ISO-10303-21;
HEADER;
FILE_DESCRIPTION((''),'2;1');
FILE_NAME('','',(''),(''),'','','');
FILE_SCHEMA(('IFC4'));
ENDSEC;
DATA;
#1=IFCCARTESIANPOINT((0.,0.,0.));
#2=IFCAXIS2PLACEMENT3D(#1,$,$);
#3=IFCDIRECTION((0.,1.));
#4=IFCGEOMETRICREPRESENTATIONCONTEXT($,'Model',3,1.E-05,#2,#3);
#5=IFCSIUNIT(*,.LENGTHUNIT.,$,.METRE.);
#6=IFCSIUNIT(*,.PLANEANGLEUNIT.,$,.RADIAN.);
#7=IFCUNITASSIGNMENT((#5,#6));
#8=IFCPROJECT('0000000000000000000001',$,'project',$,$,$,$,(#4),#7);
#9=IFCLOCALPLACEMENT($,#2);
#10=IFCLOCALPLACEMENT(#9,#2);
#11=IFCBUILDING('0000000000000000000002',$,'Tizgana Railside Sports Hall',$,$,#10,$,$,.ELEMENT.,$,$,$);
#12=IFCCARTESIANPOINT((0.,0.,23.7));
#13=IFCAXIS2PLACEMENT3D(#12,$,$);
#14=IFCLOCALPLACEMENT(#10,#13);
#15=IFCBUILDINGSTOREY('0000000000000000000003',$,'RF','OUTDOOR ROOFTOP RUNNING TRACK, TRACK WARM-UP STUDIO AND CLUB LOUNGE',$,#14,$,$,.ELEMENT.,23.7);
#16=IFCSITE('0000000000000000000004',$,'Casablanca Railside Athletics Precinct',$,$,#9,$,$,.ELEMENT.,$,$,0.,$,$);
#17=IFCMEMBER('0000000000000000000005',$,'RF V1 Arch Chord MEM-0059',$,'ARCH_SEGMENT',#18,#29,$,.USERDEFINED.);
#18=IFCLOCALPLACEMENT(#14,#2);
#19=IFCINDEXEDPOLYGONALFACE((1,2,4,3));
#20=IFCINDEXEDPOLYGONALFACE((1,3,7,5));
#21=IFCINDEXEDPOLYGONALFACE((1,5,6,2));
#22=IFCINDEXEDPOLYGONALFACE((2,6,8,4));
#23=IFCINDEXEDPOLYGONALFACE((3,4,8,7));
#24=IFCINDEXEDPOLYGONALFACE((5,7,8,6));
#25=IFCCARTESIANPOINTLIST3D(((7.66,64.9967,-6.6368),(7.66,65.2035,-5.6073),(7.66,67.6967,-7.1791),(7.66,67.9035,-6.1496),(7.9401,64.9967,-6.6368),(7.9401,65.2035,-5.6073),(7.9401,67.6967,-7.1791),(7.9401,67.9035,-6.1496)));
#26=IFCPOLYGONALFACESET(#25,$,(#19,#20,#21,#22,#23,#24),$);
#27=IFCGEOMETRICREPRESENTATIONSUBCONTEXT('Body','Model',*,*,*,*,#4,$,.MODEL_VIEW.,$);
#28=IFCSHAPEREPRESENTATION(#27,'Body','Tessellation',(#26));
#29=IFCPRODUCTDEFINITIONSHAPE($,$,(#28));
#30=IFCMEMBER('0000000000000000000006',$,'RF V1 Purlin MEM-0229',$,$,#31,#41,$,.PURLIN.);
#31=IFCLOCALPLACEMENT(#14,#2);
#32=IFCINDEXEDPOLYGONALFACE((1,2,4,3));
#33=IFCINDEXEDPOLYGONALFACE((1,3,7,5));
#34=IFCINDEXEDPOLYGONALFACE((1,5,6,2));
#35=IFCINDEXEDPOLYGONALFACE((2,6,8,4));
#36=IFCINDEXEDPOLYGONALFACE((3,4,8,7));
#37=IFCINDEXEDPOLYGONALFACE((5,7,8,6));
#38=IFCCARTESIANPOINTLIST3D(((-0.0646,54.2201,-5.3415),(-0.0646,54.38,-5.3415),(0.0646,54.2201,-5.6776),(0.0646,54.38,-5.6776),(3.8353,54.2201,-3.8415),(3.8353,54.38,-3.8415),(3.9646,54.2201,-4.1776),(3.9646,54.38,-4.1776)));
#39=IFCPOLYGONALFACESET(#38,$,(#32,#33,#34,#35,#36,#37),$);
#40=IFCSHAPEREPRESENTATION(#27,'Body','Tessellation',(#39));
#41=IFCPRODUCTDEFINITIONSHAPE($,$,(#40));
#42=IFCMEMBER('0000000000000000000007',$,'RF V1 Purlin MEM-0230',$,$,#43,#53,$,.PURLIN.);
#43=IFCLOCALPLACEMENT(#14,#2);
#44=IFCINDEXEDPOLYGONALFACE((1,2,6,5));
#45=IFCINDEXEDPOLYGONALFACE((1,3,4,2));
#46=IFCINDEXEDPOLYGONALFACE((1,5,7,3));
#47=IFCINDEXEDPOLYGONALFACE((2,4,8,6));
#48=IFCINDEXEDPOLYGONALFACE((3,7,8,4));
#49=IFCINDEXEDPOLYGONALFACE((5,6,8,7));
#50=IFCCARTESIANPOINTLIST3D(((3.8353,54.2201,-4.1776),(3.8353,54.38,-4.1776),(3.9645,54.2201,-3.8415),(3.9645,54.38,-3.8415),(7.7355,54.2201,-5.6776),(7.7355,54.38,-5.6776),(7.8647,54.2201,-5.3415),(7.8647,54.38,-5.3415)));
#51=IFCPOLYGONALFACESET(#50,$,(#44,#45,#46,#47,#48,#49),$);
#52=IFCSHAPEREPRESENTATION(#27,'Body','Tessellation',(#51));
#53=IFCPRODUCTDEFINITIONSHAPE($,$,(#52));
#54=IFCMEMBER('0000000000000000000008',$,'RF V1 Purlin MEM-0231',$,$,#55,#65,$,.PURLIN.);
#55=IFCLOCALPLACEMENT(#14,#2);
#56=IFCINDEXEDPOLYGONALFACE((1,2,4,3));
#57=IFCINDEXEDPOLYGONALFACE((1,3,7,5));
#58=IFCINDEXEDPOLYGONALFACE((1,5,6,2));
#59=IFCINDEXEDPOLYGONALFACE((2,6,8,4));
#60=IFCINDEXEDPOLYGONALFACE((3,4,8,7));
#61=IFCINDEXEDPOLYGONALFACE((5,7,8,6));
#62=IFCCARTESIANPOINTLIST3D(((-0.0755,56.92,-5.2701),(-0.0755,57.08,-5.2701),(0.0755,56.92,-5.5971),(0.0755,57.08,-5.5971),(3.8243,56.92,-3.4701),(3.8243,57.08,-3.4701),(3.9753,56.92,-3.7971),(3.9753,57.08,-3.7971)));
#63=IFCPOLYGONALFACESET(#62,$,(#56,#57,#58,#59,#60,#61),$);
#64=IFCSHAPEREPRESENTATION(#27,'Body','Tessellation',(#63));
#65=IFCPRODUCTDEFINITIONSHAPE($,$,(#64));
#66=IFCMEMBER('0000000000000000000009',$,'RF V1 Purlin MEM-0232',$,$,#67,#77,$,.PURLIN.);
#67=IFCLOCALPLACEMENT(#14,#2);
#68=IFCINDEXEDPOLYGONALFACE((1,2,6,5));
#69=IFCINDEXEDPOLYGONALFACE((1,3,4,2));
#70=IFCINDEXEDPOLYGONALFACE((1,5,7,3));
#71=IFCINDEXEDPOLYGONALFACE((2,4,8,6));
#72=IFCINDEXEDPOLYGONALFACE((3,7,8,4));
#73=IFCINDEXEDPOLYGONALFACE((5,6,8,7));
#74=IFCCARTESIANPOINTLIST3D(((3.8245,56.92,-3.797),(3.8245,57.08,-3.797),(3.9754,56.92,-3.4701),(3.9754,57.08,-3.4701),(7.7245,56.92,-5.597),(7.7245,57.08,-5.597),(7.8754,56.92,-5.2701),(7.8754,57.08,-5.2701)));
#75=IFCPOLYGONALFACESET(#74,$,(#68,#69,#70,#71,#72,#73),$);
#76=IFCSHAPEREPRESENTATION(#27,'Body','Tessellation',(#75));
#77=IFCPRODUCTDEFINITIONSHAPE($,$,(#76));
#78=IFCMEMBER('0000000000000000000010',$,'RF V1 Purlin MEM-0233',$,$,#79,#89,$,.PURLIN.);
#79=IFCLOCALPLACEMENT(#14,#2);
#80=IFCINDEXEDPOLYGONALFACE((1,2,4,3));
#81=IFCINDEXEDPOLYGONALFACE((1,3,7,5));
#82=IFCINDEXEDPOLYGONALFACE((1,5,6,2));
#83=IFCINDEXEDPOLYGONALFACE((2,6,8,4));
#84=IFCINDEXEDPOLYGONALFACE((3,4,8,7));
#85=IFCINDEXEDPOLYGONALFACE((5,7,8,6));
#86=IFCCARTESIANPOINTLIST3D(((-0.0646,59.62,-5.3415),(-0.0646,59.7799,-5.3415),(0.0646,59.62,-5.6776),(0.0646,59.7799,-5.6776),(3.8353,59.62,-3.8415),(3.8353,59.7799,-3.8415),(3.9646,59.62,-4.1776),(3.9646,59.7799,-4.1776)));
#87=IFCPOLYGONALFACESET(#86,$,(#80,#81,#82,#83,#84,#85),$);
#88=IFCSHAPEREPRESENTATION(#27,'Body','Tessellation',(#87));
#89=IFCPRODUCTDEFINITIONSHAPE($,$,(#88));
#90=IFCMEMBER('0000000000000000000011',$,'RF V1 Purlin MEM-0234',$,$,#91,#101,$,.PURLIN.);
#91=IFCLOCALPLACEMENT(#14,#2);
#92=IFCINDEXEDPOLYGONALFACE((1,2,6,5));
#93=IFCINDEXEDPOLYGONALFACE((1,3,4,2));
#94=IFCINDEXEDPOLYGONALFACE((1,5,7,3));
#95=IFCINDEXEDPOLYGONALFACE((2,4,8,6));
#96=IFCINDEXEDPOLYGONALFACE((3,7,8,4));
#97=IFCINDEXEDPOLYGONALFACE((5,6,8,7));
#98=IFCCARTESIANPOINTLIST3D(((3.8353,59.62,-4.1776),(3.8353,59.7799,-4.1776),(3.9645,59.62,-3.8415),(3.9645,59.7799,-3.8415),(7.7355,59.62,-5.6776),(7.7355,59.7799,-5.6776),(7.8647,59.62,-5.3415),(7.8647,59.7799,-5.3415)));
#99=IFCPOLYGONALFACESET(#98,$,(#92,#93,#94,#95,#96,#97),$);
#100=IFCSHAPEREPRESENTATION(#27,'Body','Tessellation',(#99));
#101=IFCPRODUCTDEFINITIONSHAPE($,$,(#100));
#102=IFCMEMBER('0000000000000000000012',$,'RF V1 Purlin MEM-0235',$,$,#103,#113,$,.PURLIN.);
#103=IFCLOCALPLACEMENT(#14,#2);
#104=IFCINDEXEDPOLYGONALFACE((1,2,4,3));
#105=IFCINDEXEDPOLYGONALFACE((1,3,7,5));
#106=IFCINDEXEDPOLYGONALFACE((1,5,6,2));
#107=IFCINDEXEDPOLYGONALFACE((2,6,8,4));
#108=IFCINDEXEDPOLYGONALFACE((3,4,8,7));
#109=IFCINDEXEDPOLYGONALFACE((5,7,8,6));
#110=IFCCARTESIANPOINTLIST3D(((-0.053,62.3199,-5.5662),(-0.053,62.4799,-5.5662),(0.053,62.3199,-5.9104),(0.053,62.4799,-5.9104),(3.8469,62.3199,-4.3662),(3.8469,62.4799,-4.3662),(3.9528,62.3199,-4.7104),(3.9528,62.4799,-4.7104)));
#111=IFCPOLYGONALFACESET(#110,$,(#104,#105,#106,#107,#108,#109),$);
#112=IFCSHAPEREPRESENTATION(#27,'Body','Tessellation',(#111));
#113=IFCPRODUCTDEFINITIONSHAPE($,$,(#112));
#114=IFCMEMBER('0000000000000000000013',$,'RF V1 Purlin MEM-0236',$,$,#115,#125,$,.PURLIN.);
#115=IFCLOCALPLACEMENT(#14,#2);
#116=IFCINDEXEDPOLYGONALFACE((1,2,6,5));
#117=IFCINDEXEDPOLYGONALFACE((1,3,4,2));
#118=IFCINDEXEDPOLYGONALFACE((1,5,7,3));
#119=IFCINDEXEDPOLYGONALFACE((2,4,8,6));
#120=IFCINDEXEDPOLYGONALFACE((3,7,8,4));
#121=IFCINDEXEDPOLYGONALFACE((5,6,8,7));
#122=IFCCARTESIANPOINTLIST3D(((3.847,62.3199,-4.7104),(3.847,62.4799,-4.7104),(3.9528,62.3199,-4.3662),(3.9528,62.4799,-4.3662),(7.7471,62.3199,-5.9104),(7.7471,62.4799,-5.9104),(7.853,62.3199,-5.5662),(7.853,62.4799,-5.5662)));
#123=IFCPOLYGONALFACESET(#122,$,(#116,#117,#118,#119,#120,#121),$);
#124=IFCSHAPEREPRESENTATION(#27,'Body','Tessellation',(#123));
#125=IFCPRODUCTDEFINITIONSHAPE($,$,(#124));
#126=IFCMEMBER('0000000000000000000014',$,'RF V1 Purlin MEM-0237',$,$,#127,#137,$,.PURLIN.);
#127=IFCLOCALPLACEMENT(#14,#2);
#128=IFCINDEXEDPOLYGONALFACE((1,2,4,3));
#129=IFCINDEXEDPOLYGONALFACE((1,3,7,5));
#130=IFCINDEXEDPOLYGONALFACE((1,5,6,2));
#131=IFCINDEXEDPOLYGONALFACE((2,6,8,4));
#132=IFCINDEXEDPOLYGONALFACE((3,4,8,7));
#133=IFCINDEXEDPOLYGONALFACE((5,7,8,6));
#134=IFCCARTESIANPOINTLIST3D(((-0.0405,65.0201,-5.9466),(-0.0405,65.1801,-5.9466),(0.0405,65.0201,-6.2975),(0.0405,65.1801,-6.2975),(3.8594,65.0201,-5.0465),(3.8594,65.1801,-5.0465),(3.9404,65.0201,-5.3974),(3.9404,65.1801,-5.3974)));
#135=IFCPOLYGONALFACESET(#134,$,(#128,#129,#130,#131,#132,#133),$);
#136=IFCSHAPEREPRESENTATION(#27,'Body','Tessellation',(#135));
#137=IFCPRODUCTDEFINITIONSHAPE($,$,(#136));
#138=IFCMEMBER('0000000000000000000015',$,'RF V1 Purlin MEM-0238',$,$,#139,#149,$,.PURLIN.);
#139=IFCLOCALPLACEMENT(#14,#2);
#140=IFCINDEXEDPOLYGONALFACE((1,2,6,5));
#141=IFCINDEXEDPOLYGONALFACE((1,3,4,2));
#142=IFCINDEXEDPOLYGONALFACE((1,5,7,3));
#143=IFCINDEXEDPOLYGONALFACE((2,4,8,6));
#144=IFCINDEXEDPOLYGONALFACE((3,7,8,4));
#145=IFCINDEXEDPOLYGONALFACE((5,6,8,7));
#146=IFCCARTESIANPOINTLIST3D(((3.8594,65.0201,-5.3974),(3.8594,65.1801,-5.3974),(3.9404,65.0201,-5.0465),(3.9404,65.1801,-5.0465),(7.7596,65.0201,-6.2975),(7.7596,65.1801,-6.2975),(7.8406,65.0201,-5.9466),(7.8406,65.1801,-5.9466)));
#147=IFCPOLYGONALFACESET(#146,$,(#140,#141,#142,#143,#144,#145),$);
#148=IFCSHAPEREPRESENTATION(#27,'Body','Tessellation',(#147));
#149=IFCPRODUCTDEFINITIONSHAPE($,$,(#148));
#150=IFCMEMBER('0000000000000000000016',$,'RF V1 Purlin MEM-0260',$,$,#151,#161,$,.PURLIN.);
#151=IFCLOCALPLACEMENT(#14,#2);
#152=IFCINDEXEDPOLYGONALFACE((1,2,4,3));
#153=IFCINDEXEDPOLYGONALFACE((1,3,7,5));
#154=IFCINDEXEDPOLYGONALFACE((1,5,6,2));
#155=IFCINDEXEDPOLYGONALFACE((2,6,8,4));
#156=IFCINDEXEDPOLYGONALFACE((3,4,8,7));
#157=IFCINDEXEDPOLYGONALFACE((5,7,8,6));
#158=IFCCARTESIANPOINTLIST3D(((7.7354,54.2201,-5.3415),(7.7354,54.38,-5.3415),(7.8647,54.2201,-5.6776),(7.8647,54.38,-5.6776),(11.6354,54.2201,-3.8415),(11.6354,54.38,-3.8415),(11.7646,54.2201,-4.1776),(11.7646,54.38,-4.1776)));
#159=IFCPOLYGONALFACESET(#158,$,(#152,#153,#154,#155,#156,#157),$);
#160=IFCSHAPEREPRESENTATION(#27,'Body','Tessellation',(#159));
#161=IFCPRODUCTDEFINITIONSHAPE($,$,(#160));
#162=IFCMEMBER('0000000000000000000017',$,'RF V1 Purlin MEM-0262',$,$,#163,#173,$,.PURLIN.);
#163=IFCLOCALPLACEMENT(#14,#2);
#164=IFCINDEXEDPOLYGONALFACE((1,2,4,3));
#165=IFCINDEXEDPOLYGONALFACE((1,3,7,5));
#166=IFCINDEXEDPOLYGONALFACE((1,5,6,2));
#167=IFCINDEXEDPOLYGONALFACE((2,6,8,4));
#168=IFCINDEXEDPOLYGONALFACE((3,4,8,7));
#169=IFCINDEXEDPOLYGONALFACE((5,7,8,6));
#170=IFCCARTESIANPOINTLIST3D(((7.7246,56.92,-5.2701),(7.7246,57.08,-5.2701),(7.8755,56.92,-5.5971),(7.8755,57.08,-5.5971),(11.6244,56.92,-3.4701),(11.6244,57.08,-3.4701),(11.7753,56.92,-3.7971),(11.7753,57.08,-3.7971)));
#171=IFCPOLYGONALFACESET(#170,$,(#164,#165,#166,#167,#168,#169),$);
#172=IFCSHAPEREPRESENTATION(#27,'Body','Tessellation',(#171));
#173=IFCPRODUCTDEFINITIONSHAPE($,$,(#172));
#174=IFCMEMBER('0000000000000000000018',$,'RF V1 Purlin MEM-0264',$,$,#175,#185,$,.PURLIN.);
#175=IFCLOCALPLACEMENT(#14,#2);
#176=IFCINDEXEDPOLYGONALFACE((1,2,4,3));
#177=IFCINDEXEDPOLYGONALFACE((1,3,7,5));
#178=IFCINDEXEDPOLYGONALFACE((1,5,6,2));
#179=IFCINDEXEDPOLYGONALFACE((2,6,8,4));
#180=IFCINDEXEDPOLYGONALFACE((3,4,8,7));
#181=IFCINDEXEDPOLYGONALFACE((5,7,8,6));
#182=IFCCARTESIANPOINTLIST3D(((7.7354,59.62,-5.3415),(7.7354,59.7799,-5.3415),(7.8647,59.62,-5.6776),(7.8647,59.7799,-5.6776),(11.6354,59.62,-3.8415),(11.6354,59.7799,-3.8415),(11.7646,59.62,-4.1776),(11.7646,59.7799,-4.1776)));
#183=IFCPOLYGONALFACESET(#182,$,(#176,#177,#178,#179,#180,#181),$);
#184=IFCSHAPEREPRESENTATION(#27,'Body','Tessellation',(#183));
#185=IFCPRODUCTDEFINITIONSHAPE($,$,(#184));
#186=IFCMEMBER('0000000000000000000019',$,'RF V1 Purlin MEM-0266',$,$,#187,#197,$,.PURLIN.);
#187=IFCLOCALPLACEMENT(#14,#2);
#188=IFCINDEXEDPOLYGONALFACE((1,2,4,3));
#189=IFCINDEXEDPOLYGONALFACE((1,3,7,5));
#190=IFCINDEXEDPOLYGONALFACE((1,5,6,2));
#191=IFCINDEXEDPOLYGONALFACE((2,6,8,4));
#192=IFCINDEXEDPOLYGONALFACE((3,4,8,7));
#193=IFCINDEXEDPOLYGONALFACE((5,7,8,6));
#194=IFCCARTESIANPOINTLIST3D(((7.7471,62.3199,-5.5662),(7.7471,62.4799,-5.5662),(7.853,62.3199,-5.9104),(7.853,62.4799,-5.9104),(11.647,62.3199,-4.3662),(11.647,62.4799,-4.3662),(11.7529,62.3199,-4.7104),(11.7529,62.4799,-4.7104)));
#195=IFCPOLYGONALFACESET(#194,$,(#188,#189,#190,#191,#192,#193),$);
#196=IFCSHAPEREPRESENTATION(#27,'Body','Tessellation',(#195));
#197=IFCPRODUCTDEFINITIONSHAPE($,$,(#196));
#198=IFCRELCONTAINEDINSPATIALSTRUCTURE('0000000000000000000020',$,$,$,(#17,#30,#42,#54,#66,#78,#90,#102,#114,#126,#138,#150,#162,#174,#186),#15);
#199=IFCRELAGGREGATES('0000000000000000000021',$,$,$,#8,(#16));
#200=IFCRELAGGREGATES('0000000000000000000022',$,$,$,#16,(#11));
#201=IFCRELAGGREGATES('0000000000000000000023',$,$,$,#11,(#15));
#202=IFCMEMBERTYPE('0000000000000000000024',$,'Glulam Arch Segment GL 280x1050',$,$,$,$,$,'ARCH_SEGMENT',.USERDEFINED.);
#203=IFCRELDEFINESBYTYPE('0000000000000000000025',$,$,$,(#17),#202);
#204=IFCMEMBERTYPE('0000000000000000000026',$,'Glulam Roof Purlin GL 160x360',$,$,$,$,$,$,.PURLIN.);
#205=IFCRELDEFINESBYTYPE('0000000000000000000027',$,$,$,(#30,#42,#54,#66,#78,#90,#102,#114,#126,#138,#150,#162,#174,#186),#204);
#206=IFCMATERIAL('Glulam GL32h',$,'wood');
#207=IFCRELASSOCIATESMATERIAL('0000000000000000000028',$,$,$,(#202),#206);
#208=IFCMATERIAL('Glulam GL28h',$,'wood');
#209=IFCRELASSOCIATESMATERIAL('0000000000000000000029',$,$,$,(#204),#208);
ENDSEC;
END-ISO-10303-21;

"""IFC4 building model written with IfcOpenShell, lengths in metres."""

from ifc_helpers import new_model, si_unit, direction, frame, origin, origin_2d, place, context, subcontext, project, spatial, rectangle, extrude, material, material_profile, profile_set, type_object, element, save


model = new_model("IFC4")

# Units and contexts
model_context = context("Model", 3, precision=1e-05, world=origin(), true_north=direction((0.0, 1.0)))
body_context = subcontext(model_context, "Body", "Model", "MODEL_VIEW")
ifc_project = project(units=[si_unit("LENGTHUNIT", "METRE"), si_unit("PLANEANGLEUNIT", "RADIAN")], contexts=[model_context])

# Site, building, storey
site_placement = place(None, origin())
site = spatial("IfcSite", under=ifc_project, at=site_placement, Name="Casablanca Railside Athletics Precinct", CompositionType="ELEMENT", RefElevation=0.0)
building_placement = place(site_placement, origin())
building = spatial("IfcBuilding", under=site, at=building_placement, Name="Tizgana Railside Sports Hall", CompositionType="ELEMENT")
storey_placement = place(building_placement, frame((0.0, 0.0, 23.7)))
storey = spatial("IfcBuildingStorey", under=building, at=storey_placement, Name="RF", Description="OUTDOOR ROOFTOP RUNNING TRACK, TRACK WARM-UP STUDIO AND CLUB LOUNGE", CompositionType="ELEMENT", Elevation=23.7)

# Members
ifc_material_1 = material(Name="Glulam GL32h", Category="wood")
ifc_material_profile_1 = material_profile(ifc_material_1, rectangle(XDim=0.28, YDim=1.05, at=origin_2d()), Name="GL 280x1050")
ifc_profile_set_1 = profile_set([ifc_material_profile_1], Name="Glulam GL32h")
member_type_1 = type_object("IfcMemberType", Name="Glulam Arch Segment GL 280x1050", ElementType="ARCH_SEGMENT", PredefinedType="USERDEFINED", material=ifc_profile_set_1)
member_1_placement = place(storey_placement, frame((7.8, 65.1001, -6.1221), z_axis=(0.0, 0.980424, -0.1969), x_axis=(-1.0, 0.0, 0.0)))
element("IfcMember", 1, at=member_1_placement, inside=storey, type_object=member_type_1, Name="RF V1 Arch Chord MEM-0059", ObjectType="ARCH_SEGMENT", PredefinedType="USERDEFINED", context=body_context, shape_type="SweptSolid", body=[
    extrude(rectangle(XDim=0.28, YDim=1.05, at=origin_2d()), origin(), (0.0, 0.0, 1.0), 2.7539),
])
ifc_material_2 = material(Name="Glulam GL28h", Category="wood")
ifc_material_profile_2 = material_profile(ifc_material_2, rectangle(XDim=0.1599, YDim=0.3601, at=origin_2d()), Name="GL 160x360")
ifc_profile_set_2 = profile_set([ifc_material_profile_2], Name="Glulam GL28h")
member_type_2 = type_object("IfcMemberType", Name="Glulam Roof Purlin GL 160x360", PredefinedType="PURLIN", material=ifc_profile_set_2)
member_2_placement = place(storey_placement, frame((0.0, 54.3, -5.5095), z_axis=(0.933343, 0.0, 0.358987), x_axis=(0.0, 1.0, 0.0)))
element("IfcMember", 2, at=member_2_placement, inside=storey, type_object=member_type_2, Name="RF V1 Purlin MEM-0229", PredefinedType="PURLIN", context=body_context, shape_type="SweptSolid", body=[
    extrude(rectangle(XDim=0.1599, YDim=0.3601, at=origin_2d()), origin(), (0.0, 0.0, 1.0), 4.1785),
])
member_3_placement = place(storey_placement, frame((3.8999, 54.3, -4.0095), z_axis=(0.93335, 0.0, -0.358967), x_axis=(0.0, 1.0, 0.0)))
element("IfcMember", 3, at=member_3_placement, inside=storey, type_object=member_type_2, Name="RF V1 Purlin MEM-0230", PredefinedType="PURLIN", context=body_context, shape_type="SweptSolid", body=[
    extrude(rectangle(XDim=0.1599, YDim=0.3601, at=origin_2d()), origin(), (0.0, 0.0, 1.0), 4.1787),
])
member_4_placement = place(storey_placement, frame((0.0, 57.0, -5.4336), z_axis=(0.907951, 0.0, 0.419076), x_axis=(0.0, 1.0, 0.0)))
element("IfcMember", 4, at=member_4_placement, inside=storey, type_object=member_type_2, Name="RF V1 Purlin MEM-0231", PredefinedType="PURLIN", context=body_context, shape_type="SweptSolid", body=[
    extrude(rectangle(XDim=0.1599, YDim=0.3601, at=origin_2d()), origin(), (0.0, 0.0, 1.0), 4.2952),
])
member_5_placement = place(storey_placement, frame((3.8999, 57.0, -3.6335), z_axis=(0.907961, 0.0, -0.419055), x_axis=(0.0, 1.0, 0.0)))
element("IfcMember", 5, at=member_5_placement, inside=storey, type_object=member_type_2, Name="RF V1 Purlin MEM-0232", PredefinedType="PURLIN", context=body_context, shape_type="SweptSolid", body=[
    extrude(rectangle(XDim=0.1599, YDim=0.3601, at=origin_2d()), origin(), (0.0, 0.0, 1.0), 4.2954),
])
member_6_placement = place(storey_placement, frame((0.0, 59.7, -5.5095), z_axis=(0.933343, 0.0, 0.358987), x_axis=(0.0, 1.0, 0.0)))
element("IfcMember", 6, at=member_6_placement, inside=storey, type_object=member_type_2, Name="RF V1 Purlin MEM-0233", PredefinedType="PURLIN", context=body_context, shape_type="SweptSolid", body=[
    extrude(rectangle(XDim=0.1599, YDim=0.3601, at=origin_2d()), origin(), (0.0, 0.0, 1.0), 4.1785),
])
member_7_placement = place(storey_placement, frame((3.8999, 59.7, -4.0095), z_axis=(0.93335, 0.0, -0.358967), x_axis=(0.0, 1.0, 0.0)))
element("IfcMember", 7, at=member_7_placement, inside=storey, type_object=member_type_2, Name="RF V1 Purlin MEM-0234", PredefinedType="PURLIN", context=body_context, shape_type="SweptSolid", body=[
    extrude(rectangle(XDim=0.1599, YDim=0.3601, at=origin_2d()), origin(), (0.0, 0.0, 1.0), 4.1787),
])
member_8_placement = place(storey_placement, frame((0.0, 62.3999, -5.7383), z_axis=(0.95578, 0.0, 0.294082), x_axis=(0.0, 1.0, 0.0)))
element("IfcMember", 8, at=member_8_placement, inside=storey, type_object=member_type_2, Name="RF V1 Purlin MEM-0235", PredefinedType="PURLIN", context=body_context, shape_type="SweptSolid", body=[
    extrude(rectangle(XDim=0.1599, YDim=0.3601, at=origin_2d()), origin(), (0.0, 0.0, 1.0), 4.0803),
])
member_9_placement = place(storey_placement, frame((3.8999, 62.3999, -4.5383), z_axis=(0.955785, 0.0, -0.294065), x_axis=(0.0, 1.0, 0.0)))
element("IfcMember", 9, at=member_9_placement, inside=storey, type_object=member_type_2, Name="RF V1 Purlin MEM-0236", PredefinedType="PURLIN", context=body_context, shape_type="SweptSolid", body=[
    extrude(rectangle(XDim=0.1599, YDim=0.3601, at=origin_2d()), origin(), (0.0, 0.0, 1.0), 4.0806),
])
member_10_placement = place(storey_placement, frame((0.0, 65.1001, -6.1221), z_axis=(0.974382, 0.0, 0.2249), x_axis=(0.0, 1.0, 0.0)))
element("IfcMember", 10, at=member_10_placement, inside=storey, type_object=member_type_2, Name="RF V1 Purlin MEM-0237", PredefinedType="PURLIN", context=body_context, shape_type="SweptSolid", body=[
    extrude(rectangle(XDim=0.1599, YDim=0.3601, at=origin_2d()), origin(), (0.0, 0.0, 1.0), 4.0024),
])
member_11_placement = place(storey_placement, frame((3.8999, 65.1001, -5.2219), z_axis=(0.974385, 0.0, -0.224886), x_axis=(0.0, 1.0, 0.0)))
element("IfcMember", 11, at=member_11_placement, inside=storey, type_object=member_type_2, Name="RF V1 Purlin MEM-0238", PredefinedType="PURLIN", context=body_context, shape_type="SweptSolid", body=[
    extrude(rectangle(XDim=0.1599, YDim=0.3601, at=origin_2d()), origin(), (0.0, 0.0, 1.0), 4.0027),
])
member_12_placement = place(storey_placement, frame((7.8, 54.3, -5.5095), z_axis=(0.933343, 0.0, 0.358987), x_axis=(0.0, 1.0, 0.0)))
element("IfcMember", 12, at=member_12_placement, inside=storey, type_object=member_type_2, Name="RF V1 Purlin MEM-0260", PredefinedType="PURLIN", context=body_context, shape_type="SweptSolid", body=[
    extrude(rectangle(XDim=0.1599, YDim=0.3601, at=origin_2d()), origin(), (0.0, 0.0, 1.0), 4.1785),
])
member_13_placement = place(storey_placement, frame((7.8, 57.0, -5.4336), z_axis=(0.907951, 0.0, 0.419076), x_axis=(0.0, 1.0, 0.0)))
element("IfcMember", 13, at=member_13_placement, inside=storey, type_object=member_type_2, Name="RF V1 Purlin MEM-0262", PredefinedType="PURLIN", context=body_context, shape_type="SweptSolid", body=[
    extrude(rectangle(XDim=0.1599, YDim=0.3601, at=origin_2d()), origin(), (0.0, 0.0, 1.0), 4.2952),
])
member_14_placement = place(storey_placement, frame((7.8, 59.7, -5.5095), z_axis=(0.933343, 0.0, 0.358987), x_axis=(0.0, 1.0, 0.0)))
element("IfcMember", 14, at=member_14_placement, inside=storey, type_object=member_type_2, Name="RF V1 Purlin MEM-0264", PredefinedType="PURLIN", context=body_context, shape_type="SweptSolid", body=[
    extrude(rectangle(XDim=0.1599, YDim=0.3601, at=origin_2d()), origin(), (0.0, 0.0, 1.0), 4.1785),
])
member_15_placement = place(storey_placement, frame((7.8, 62.3999, -5.7383), z_axis=(0.95578, 0.0, 0.294082), x_axis=(0.0, 1.0, 0.0)))
element("IfcMember", 15, at=member_15_placement, inside=storey, type_object=member_type_2, Name="RF V1 Purlin MEM-0266", PredefinedType="PURLIN", context=body_context, shape_type="SweptSolid", body=[
    extrude(rectangle(XDim=0.1599, YDim=0.3601, at=origin_2d()), origin(), (0.0, 0.0, 1.0), 4.0803),
])

save(model, "model.ifc")
